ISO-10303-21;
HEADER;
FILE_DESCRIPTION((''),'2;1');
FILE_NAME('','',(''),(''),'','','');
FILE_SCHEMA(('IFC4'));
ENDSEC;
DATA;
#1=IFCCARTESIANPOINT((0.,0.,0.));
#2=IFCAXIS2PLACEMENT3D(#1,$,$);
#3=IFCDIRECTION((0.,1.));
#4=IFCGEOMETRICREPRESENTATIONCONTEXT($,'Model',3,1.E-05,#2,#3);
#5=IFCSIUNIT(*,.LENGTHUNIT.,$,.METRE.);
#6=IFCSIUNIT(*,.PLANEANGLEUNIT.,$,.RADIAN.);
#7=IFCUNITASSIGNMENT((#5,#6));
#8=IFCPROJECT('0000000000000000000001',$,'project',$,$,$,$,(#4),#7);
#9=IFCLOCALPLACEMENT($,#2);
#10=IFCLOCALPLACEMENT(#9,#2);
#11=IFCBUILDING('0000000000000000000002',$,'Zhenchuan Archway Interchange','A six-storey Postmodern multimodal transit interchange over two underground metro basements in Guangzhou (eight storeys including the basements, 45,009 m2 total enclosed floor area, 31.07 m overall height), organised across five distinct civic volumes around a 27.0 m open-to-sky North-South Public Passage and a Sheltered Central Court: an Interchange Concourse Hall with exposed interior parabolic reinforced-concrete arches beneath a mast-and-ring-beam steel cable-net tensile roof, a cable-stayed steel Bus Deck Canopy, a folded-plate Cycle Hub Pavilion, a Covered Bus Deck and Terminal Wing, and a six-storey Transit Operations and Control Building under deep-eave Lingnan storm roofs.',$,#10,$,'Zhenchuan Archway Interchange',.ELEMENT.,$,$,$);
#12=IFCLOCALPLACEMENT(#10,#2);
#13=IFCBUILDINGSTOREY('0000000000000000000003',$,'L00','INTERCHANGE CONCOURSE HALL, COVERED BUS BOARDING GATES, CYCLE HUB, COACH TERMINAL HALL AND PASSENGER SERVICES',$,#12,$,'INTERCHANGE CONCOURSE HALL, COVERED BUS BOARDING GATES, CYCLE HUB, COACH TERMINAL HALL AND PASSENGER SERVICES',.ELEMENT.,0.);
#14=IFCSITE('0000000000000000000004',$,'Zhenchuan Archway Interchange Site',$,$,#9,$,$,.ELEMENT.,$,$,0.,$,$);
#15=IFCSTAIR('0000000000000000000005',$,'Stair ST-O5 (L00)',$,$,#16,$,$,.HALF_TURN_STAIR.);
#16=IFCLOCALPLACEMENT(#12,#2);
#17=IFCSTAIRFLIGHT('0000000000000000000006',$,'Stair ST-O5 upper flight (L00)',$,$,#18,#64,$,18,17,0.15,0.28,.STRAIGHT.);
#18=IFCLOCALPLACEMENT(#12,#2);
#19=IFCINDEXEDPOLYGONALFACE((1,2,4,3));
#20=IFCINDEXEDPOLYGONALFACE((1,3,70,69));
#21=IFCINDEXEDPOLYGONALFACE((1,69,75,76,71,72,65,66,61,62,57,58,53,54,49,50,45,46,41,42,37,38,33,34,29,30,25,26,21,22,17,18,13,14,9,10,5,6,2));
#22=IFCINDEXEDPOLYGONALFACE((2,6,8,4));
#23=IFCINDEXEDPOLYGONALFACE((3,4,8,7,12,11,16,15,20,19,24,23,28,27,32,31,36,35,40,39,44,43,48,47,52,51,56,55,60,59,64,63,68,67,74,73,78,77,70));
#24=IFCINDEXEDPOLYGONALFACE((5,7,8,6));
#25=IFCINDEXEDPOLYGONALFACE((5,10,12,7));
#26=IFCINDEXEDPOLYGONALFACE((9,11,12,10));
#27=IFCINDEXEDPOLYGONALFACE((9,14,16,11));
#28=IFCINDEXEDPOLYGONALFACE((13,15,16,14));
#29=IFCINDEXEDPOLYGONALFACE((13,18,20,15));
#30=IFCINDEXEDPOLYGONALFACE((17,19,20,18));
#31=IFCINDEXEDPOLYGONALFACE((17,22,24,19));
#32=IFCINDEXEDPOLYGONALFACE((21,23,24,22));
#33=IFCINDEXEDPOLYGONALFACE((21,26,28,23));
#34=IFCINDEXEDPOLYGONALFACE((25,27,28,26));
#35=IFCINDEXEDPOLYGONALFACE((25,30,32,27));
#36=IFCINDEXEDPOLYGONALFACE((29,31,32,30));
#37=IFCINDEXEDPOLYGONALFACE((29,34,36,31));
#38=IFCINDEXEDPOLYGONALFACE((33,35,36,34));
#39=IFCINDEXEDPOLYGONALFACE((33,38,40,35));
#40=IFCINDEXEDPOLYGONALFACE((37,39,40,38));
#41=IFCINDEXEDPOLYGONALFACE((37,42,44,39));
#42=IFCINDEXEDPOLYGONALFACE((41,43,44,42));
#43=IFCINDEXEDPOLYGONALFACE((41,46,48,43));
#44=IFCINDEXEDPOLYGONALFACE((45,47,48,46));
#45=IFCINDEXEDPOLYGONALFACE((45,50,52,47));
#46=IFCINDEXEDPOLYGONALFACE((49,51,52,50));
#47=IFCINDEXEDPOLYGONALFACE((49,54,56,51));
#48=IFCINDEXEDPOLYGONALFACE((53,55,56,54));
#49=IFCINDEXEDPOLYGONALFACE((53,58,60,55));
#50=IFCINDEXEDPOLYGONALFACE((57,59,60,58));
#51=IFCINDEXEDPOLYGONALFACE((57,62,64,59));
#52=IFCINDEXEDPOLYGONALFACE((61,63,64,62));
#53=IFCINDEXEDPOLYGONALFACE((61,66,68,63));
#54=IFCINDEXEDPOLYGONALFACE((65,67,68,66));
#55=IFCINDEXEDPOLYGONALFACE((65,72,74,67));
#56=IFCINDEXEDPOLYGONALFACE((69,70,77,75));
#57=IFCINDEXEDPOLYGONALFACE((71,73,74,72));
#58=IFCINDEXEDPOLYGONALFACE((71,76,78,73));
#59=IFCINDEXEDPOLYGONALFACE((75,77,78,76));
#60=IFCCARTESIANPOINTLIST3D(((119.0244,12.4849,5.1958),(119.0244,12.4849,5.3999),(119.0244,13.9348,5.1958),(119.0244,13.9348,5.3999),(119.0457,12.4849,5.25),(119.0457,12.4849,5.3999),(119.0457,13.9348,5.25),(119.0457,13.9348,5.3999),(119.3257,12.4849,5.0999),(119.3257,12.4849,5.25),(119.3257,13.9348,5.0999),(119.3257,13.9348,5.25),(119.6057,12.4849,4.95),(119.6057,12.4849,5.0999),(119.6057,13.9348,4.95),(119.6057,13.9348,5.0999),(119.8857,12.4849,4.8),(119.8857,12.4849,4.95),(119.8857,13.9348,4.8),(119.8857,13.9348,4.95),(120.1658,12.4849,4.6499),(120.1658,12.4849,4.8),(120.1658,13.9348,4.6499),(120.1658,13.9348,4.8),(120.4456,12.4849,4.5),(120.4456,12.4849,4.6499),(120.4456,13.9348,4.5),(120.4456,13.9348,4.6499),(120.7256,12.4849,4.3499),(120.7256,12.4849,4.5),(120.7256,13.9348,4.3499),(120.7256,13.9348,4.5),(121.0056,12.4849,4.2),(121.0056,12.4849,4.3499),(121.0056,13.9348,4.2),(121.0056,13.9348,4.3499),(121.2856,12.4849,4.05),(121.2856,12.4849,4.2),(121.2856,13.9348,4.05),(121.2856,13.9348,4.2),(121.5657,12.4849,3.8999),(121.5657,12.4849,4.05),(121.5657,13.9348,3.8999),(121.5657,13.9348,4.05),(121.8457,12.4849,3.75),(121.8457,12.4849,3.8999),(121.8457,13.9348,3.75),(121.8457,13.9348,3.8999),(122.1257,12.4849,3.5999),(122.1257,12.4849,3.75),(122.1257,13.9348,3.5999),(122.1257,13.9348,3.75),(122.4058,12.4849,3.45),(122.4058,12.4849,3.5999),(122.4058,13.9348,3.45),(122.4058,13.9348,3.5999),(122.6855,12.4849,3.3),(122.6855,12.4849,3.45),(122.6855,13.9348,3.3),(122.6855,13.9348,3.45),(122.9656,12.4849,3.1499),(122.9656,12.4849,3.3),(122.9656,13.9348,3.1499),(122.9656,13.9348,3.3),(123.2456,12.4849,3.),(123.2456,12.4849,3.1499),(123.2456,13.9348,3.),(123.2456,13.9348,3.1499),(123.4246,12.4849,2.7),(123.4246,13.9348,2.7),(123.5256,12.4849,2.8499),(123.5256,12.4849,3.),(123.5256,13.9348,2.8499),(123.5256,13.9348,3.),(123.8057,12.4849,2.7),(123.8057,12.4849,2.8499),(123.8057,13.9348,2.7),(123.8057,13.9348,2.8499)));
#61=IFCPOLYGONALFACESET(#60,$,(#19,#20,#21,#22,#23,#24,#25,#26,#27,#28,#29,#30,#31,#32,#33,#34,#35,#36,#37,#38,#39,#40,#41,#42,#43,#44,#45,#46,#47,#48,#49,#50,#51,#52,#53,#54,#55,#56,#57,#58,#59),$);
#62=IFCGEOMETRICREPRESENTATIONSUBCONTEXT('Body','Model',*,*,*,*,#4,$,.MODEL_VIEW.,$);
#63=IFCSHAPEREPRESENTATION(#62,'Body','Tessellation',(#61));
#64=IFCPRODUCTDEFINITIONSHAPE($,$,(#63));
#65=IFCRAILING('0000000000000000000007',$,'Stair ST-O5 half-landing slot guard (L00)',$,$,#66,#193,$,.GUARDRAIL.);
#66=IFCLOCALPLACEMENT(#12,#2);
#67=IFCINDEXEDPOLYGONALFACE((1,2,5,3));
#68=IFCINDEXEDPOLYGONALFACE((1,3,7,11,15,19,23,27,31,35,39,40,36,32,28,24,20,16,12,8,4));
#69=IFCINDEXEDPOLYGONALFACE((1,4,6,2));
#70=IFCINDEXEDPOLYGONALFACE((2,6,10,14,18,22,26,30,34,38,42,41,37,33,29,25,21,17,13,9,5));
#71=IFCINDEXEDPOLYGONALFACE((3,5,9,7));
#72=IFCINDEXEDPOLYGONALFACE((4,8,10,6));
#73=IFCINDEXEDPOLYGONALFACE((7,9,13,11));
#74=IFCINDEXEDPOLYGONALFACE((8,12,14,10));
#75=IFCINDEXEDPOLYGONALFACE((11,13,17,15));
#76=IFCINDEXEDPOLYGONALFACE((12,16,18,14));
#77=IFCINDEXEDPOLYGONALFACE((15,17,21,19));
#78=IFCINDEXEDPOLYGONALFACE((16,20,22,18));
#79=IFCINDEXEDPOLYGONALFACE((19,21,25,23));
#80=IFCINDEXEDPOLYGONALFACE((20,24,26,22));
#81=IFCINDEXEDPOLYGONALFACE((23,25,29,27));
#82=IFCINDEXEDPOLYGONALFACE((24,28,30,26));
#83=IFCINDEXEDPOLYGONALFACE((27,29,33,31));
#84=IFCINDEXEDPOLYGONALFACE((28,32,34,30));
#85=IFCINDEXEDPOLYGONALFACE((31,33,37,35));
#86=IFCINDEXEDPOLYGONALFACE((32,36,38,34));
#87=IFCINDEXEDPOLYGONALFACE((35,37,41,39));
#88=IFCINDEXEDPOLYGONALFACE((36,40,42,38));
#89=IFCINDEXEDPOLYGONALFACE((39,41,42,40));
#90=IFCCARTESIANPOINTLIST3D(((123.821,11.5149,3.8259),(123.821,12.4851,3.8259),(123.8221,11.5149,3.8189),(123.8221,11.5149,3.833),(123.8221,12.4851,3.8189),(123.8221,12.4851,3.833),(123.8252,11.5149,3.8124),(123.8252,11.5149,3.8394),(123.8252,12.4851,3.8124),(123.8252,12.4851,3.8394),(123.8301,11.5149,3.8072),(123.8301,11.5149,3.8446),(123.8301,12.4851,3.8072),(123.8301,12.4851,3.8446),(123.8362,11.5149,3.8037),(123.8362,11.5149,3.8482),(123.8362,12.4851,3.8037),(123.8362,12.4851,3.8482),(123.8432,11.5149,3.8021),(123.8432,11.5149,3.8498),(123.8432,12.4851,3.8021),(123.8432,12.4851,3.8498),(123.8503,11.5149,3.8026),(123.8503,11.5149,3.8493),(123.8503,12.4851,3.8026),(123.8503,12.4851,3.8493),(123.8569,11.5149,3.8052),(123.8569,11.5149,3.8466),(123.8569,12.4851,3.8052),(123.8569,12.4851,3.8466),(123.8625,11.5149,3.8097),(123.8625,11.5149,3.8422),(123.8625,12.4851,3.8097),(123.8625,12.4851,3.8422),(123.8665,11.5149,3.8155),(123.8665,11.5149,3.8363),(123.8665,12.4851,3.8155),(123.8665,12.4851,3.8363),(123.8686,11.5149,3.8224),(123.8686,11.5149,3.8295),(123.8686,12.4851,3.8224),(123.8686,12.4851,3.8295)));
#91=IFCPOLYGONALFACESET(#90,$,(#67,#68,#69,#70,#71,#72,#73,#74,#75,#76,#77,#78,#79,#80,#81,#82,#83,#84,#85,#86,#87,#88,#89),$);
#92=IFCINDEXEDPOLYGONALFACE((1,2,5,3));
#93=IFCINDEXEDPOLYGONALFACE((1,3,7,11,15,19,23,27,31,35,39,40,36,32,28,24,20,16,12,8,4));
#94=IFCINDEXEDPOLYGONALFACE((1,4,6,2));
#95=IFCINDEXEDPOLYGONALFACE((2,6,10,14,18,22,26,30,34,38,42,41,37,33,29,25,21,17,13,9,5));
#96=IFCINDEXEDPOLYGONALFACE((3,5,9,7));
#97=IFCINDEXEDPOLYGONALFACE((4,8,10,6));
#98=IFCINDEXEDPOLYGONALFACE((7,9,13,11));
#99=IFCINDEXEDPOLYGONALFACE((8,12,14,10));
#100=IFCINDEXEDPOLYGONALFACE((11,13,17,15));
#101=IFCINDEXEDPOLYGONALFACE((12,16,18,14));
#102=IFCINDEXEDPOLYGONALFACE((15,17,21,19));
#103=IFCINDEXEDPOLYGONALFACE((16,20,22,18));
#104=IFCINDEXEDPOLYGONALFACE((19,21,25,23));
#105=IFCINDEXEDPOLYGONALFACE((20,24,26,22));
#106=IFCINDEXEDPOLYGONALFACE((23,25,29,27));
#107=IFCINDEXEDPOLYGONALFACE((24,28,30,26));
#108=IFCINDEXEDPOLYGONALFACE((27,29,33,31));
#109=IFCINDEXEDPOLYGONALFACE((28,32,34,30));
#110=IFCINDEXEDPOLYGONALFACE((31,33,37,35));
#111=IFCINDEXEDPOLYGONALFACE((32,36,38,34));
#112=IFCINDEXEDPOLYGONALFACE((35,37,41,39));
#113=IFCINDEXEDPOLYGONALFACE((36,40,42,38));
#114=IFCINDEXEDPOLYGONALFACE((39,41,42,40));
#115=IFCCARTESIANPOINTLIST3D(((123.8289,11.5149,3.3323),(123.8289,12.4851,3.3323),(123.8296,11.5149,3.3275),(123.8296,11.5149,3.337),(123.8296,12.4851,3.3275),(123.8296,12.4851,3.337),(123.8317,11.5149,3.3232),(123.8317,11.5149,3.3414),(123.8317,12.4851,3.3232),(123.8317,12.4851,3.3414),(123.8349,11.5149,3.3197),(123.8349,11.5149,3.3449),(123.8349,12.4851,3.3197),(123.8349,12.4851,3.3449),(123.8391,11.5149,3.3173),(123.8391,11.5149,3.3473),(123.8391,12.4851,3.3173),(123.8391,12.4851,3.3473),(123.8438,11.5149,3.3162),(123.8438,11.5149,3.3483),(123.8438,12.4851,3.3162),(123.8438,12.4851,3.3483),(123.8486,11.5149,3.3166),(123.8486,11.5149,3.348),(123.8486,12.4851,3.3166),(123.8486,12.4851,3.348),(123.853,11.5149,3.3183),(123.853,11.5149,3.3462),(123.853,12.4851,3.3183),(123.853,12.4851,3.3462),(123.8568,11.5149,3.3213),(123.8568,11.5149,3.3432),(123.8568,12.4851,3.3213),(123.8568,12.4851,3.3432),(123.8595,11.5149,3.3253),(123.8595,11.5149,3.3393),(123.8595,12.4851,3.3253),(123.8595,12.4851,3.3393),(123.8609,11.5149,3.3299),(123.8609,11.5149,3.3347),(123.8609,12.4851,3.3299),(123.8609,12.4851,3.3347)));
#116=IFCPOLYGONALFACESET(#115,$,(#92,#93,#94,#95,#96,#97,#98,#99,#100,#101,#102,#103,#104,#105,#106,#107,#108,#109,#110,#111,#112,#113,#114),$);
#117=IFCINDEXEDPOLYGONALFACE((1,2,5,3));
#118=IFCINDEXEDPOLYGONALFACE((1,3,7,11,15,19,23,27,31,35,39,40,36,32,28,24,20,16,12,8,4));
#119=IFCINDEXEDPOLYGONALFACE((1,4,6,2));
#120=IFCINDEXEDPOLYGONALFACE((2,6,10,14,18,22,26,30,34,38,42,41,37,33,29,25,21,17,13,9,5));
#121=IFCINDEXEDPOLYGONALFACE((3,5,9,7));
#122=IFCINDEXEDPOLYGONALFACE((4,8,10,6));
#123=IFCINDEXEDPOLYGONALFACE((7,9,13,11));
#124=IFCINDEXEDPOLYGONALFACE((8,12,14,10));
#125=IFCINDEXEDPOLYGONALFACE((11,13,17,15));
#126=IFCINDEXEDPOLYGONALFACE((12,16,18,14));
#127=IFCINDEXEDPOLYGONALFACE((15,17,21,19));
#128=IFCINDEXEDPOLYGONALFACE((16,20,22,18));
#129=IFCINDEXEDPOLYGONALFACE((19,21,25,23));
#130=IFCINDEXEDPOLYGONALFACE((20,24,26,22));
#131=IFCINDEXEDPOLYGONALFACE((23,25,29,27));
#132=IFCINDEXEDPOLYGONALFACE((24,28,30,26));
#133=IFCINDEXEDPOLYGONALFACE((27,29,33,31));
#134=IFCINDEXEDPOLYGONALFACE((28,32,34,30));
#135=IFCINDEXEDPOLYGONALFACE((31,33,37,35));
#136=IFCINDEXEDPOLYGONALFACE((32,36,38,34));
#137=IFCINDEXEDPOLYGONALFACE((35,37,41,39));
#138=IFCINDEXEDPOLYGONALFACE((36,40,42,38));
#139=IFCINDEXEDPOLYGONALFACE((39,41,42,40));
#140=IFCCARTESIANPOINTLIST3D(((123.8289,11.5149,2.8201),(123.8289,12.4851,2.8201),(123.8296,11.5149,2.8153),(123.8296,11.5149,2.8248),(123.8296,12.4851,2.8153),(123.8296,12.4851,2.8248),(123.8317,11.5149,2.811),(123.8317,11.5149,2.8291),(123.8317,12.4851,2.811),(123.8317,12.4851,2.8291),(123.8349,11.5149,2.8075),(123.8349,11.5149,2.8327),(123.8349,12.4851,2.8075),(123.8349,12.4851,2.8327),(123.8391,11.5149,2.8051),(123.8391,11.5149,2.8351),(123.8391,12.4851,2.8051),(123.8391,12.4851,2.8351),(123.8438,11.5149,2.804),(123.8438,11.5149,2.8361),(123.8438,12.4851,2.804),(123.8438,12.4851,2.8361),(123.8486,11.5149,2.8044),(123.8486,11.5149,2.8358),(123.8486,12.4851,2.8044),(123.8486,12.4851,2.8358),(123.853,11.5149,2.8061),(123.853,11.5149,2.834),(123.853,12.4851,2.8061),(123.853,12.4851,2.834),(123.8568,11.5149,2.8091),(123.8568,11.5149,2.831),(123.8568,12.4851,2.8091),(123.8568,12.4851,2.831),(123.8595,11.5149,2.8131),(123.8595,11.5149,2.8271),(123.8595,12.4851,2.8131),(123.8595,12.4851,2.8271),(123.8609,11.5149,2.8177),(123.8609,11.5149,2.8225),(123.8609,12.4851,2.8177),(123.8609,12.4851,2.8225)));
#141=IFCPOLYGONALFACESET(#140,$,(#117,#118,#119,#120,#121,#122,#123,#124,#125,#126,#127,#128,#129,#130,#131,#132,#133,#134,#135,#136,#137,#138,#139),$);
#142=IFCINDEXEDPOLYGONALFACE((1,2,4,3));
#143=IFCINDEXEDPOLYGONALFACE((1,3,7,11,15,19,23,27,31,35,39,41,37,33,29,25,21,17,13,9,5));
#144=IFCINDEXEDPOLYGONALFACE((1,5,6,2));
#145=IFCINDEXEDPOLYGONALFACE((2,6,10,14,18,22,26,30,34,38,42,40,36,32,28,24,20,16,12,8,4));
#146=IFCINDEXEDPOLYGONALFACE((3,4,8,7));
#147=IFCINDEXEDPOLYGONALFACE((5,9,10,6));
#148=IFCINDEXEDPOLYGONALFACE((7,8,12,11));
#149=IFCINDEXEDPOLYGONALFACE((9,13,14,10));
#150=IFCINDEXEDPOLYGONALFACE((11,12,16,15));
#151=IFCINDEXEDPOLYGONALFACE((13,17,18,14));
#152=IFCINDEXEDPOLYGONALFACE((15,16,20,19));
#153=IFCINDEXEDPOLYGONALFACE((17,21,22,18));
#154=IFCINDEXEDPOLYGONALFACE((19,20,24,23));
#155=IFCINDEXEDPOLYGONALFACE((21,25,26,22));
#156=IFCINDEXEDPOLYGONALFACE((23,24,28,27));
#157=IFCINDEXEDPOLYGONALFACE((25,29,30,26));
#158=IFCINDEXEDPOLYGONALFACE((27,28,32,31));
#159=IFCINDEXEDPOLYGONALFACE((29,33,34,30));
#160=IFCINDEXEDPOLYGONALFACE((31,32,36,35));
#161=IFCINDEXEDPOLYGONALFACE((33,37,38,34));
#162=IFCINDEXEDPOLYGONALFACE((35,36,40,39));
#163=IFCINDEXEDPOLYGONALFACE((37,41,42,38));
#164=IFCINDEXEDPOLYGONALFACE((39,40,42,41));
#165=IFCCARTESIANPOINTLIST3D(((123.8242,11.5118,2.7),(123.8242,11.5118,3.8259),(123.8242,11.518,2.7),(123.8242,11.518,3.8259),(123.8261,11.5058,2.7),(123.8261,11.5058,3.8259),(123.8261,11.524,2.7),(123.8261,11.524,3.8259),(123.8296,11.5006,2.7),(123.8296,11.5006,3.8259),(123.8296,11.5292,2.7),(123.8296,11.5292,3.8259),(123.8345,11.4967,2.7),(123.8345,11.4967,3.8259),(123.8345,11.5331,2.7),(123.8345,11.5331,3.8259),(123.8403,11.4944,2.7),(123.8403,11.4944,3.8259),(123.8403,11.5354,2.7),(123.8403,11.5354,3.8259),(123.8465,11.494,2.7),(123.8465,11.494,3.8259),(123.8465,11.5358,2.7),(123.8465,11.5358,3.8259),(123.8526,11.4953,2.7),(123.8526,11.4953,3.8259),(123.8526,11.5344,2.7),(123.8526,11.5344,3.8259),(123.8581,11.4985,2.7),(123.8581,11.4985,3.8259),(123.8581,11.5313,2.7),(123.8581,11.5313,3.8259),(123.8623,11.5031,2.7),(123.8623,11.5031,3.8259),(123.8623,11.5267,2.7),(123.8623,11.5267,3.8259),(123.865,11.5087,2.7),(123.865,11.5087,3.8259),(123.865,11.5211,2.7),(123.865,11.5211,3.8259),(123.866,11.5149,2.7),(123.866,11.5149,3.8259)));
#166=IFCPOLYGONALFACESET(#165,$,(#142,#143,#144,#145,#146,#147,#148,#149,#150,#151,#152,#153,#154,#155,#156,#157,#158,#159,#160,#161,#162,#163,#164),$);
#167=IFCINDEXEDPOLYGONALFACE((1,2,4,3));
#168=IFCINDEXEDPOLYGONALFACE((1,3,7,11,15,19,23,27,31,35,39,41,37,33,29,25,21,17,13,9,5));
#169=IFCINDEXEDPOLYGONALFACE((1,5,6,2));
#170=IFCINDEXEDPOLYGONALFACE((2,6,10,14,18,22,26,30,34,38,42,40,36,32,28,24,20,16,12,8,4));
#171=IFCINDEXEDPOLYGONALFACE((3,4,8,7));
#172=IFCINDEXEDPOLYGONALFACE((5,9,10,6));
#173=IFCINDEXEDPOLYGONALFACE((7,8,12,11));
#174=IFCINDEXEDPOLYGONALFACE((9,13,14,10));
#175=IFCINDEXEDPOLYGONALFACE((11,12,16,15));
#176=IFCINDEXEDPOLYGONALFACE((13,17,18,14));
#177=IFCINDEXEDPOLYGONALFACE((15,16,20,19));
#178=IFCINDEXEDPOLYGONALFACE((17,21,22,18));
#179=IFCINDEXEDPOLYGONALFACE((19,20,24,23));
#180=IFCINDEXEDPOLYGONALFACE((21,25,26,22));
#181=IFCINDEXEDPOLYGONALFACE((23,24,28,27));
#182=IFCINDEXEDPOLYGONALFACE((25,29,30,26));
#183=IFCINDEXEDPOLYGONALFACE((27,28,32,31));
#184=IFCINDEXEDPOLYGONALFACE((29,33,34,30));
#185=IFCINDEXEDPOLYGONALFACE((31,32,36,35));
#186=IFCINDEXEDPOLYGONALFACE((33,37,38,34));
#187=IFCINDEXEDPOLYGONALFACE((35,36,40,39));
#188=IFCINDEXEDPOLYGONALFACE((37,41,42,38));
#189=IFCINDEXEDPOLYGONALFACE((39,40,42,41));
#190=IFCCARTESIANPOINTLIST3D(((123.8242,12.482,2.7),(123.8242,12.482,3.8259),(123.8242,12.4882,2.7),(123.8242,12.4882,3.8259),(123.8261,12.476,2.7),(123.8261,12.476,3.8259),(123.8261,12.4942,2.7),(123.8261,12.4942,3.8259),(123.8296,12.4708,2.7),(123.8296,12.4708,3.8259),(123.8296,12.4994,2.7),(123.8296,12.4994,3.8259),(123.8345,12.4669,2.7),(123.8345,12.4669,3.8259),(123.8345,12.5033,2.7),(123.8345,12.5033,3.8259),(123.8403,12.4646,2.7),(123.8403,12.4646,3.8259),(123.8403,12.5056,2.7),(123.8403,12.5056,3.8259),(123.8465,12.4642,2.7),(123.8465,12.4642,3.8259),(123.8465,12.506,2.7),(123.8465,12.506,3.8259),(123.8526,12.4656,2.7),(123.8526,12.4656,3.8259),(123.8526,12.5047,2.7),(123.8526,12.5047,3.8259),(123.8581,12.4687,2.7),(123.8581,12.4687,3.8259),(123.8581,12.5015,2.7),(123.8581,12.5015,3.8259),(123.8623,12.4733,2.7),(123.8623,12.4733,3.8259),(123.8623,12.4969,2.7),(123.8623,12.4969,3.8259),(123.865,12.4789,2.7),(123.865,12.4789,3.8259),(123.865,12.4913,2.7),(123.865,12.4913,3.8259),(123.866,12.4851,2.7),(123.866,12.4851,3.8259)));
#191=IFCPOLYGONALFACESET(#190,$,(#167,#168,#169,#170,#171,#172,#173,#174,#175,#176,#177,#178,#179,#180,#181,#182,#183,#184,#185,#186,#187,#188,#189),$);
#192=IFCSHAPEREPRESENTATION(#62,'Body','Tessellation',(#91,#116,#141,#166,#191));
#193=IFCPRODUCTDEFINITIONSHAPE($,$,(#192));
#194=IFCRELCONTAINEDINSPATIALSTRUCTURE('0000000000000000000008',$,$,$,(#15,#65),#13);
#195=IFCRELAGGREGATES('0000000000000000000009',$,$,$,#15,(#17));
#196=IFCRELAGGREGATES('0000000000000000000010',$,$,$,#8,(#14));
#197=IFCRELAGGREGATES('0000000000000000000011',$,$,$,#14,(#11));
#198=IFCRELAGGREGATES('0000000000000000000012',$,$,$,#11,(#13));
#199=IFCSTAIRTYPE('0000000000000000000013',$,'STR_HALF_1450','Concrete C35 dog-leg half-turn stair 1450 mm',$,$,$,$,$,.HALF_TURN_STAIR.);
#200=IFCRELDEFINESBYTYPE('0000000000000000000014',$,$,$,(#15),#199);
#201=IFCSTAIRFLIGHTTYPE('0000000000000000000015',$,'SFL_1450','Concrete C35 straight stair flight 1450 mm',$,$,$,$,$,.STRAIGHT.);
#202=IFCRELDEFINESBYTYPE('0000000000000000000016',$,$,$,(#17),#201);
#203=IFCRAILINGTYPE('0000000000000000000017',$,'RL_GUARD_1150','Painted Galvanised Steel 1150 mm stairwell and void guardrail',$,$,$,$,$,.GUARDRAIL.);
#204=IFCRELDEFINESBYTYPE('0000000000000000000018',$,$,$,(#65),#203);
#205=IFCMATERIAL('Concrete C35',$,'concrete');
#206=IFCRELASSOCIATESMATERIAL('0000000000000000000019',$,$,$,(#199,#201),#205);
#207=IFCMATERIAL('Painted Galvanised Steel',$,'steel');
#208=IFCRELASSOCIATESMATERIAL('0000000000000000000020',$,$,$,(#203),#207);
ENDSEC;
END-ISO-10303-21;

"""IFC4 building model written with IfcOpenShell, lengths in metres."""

from ifc_helpers import new_model, si_unit, direction, frame, origin, origin_2d, place, context, subcontext, project, spatial, polyline, circle, outline, extrude, material, type_object, element, aggregate, save


model = new_model("IFC4")

# Units and contexts
model_context = context("Model", 3, precision=1e-05, world=origin(), true_north=direction((0.0, 1.0)))
body_context = subcontext(model_context, "Body", "Model", "MODEL_VIEW")
ifc_project = project(units=[si_unit("LENGTHUNIT", "METRE"), si_unit("PLANEANGLEUNIT", "RADIAN")], contexts=[model_context])

# Site, building, storey
site_placement = place(None, origin())
site = spatial("IfcSite", under=ifc_project, at=site_placement, Name="Zhenchuan Archway Interchange Site", CompositionType="ELEMENT", RefElevation=0.0)
building_placement = place(site_placement, origin())
building = spatial("IfcBuilding", under=site, at=building_placement, Name="Zhenchuan Archway Interchange", Description="A six-storey Postmodern multimodal transit interchange over two underground metro basements in Guangzhou (eight storeys including the basements, 45,009 m2 total enclosed floor area, 31.07 m overall height), organised across five distinct civic volumes around a 27.0 m open-to-sky North-South Public Passage and a Sheltered Central Court: an Interchange Concourse Hall with exposed interior parabolic reinforced-concrete arches beneath a mast-and-ring-beam steel cable-net tensile roof, a cable-stayed steel Bus Deck Canopy, a folded-plate Cycle Hub Pavilion, a Covered Bus Deck and Terminal Wing, and a six-storey Transit Operations and Control Building under deep-eave Lingnan storm roofs.", LongName="Zhenchuan Archway Interchange", CompositionType="ELEMENT")
storey_placement = place(building_placement, origin())
storey = spatial("IfcBuildingStorey", under=building, at=storey_placement, Name="L00", Description="INTERCHANGE CONCOURSE HALL, COVERED BUS BOARDING GATES, CYCLE HUB, COACH TERMINAL HALL AND PASSENGER SERVICES", LongName="INTERCHANGE CONCOURSE HALL, COVERED BUS BOARDING GATES, CYCLE HUB, COACH TERMINAL HALL AND PASSENGER SERVICES", CompositionType="ELEMENT", Elevation=0.0)

# Shared definitions
ifc_material_1 = material(Name="Concrete C35", Category="concrete")

# Shared definitions
ifc_material_2 = material(Name="Painted Galvanised Steel", Category="steel")

# Stair, stair flight
stair_type = type_object("IfcStairType", Name="STR_HALF_1450", Description="Concrete C35 dog-leg half-turn stair 1450 mm", PredefinedType="HALF_TURN_STAIR", material=ifc_material_1)
stair_placement = place(storey_placement, origin())
stair = element("IfcStair", 1, at=stair_placement, inside=storey, type_object=stair_type, Name="Stair ST-O5 (L00)", PredefinedType="HALF_TURN_STAIR")
stair_flight_type = type_object("IfcStairFlightType", Name="SFL_1450", Description="Concrete C35 straight stair flight 1450 mm", PredefinedType="STRAIGHT", material=ifc_material_1)
stair_flight_placement = place(storey_placement, frame((123.8057, 13.21, 2.7), z_axis=(0.0, 0.0, 1.0), x_axis=(-1.0, 0.0, 0.0)))
stair_flight = element("IfcStairFlight", 2, at=stair_flight_placement, type_object=stair_flight_type, Name="Stair ST-O5 upper flight (L00)", NumberOfRisers=18, NumberOfTreads=17, PredefinedType="STRAIGHT", RiserHeight=0.15, TreadLength=0.28, context=body_context, shape_type="SweptSolid", body=[
    extrude(outline(polyline([(0.0, 0.0), (0.0, 0.1499), (0.28, 0.1499), (0.28, 0.3), (0.5601, 0.3), (0.5601, 0.45), (0.8401, 0.45), (0.8401, 0.6001), (1.1201, 0.6001), (1.1201, 0.75), (1.3999, 0.75), (1.3999, 0.8999), (1.6799, 0.8999), (1.6799, 1.05), (1.96, 1.05), (1.96, 1.2), (2.24, 1.2), (2.24, 1.3501), (2.52, 1.3501), (2.52, 1.5), (2.8, 1.5), (2.8, 1.6499), (3.0801, 1.6499), (3.0801, 1.8), (3.3601, 1.8), (3.3601, 1.95), (3.6399, 1.95), (3.6399, 2.1001), (3.9199, 2.1001), (3.9199, 2.25), (4.2, 2.25), (4.2, 2.3999), (4.48, 2.3999), (4.48, 2.55), (4.76, 2.55), (4.76, 2.7), (4.7812, 2.7), (4.7812, 2.4958), (0.3811, 0.0), (0.0, 0.0)])), frame((0.0, 0.7251, 0.0), z_axis=(0.0, -1.0, 0.0), x_axis=(1.0, 0.0, 0.0)), (0.0, 0.0, 1.0), 1.45),
])
aggregate(stair, [stair_flight])

# Railing
railing_type_1 = type_object("IfcRailingType", Name="RL_GUARD_1150", Description="Painted Galvanised Steel 1150 mm stairwell and void guardrail", PredefinedType="GUARDRAIL", material=ifc_material_2)
railing_placement = place(storey_placement, frame((123.845, 11.5149, 2.7)))
element("IfcRailing", 3, at=railing_placement, inside=storey, type_object=railing_type_1, Name="Stair ST-O5 half-landing slot guard (L00)", PredefinedType="GUARDRAIL", context=body_context, shape_type="SweptSolid", body=[
    extrude(circle(Radius=0.0239, at=origin_2d()), frame((0.0, 0.0, 1.126), z_axis=(0.0, 1.0, 0.0), x_axis=(-1.0, 0.0, 0.0)), (0.0, 0.0, 1.0), 0.9702),
    extrude(circle(Radius=0.0161, at=origin_2d()), frame((0.0, 0.0, 0.6323), z_axis=(0.0, 1.0, 0.0), x_axis=(-1.0, 0.0, 0.0)), (0.0, 0.0, 1.0), 0.9702),
    extrude(circle(Radius=0.0161, at=origin_2d()), frame((0.0, 0.0, 0.1201), z_axis=(0.0, 1.0, 0.0), x_axis=(-1.0, 0.0, 0.0)), (0.0, 0.0, 1.0), 0.9702),
    extrude(circle(Radius=0.021, at=origin_2d()), origin(), (0.0, 0.0, 1.0), 1.126),
    extrude(circle(Radius=0.021, at=origin_2d()), frame((0.0, 0.9702, 0.0)), (0.0, 0.0, 1.0), 1.126),
])

save(model, "model.ifc")
